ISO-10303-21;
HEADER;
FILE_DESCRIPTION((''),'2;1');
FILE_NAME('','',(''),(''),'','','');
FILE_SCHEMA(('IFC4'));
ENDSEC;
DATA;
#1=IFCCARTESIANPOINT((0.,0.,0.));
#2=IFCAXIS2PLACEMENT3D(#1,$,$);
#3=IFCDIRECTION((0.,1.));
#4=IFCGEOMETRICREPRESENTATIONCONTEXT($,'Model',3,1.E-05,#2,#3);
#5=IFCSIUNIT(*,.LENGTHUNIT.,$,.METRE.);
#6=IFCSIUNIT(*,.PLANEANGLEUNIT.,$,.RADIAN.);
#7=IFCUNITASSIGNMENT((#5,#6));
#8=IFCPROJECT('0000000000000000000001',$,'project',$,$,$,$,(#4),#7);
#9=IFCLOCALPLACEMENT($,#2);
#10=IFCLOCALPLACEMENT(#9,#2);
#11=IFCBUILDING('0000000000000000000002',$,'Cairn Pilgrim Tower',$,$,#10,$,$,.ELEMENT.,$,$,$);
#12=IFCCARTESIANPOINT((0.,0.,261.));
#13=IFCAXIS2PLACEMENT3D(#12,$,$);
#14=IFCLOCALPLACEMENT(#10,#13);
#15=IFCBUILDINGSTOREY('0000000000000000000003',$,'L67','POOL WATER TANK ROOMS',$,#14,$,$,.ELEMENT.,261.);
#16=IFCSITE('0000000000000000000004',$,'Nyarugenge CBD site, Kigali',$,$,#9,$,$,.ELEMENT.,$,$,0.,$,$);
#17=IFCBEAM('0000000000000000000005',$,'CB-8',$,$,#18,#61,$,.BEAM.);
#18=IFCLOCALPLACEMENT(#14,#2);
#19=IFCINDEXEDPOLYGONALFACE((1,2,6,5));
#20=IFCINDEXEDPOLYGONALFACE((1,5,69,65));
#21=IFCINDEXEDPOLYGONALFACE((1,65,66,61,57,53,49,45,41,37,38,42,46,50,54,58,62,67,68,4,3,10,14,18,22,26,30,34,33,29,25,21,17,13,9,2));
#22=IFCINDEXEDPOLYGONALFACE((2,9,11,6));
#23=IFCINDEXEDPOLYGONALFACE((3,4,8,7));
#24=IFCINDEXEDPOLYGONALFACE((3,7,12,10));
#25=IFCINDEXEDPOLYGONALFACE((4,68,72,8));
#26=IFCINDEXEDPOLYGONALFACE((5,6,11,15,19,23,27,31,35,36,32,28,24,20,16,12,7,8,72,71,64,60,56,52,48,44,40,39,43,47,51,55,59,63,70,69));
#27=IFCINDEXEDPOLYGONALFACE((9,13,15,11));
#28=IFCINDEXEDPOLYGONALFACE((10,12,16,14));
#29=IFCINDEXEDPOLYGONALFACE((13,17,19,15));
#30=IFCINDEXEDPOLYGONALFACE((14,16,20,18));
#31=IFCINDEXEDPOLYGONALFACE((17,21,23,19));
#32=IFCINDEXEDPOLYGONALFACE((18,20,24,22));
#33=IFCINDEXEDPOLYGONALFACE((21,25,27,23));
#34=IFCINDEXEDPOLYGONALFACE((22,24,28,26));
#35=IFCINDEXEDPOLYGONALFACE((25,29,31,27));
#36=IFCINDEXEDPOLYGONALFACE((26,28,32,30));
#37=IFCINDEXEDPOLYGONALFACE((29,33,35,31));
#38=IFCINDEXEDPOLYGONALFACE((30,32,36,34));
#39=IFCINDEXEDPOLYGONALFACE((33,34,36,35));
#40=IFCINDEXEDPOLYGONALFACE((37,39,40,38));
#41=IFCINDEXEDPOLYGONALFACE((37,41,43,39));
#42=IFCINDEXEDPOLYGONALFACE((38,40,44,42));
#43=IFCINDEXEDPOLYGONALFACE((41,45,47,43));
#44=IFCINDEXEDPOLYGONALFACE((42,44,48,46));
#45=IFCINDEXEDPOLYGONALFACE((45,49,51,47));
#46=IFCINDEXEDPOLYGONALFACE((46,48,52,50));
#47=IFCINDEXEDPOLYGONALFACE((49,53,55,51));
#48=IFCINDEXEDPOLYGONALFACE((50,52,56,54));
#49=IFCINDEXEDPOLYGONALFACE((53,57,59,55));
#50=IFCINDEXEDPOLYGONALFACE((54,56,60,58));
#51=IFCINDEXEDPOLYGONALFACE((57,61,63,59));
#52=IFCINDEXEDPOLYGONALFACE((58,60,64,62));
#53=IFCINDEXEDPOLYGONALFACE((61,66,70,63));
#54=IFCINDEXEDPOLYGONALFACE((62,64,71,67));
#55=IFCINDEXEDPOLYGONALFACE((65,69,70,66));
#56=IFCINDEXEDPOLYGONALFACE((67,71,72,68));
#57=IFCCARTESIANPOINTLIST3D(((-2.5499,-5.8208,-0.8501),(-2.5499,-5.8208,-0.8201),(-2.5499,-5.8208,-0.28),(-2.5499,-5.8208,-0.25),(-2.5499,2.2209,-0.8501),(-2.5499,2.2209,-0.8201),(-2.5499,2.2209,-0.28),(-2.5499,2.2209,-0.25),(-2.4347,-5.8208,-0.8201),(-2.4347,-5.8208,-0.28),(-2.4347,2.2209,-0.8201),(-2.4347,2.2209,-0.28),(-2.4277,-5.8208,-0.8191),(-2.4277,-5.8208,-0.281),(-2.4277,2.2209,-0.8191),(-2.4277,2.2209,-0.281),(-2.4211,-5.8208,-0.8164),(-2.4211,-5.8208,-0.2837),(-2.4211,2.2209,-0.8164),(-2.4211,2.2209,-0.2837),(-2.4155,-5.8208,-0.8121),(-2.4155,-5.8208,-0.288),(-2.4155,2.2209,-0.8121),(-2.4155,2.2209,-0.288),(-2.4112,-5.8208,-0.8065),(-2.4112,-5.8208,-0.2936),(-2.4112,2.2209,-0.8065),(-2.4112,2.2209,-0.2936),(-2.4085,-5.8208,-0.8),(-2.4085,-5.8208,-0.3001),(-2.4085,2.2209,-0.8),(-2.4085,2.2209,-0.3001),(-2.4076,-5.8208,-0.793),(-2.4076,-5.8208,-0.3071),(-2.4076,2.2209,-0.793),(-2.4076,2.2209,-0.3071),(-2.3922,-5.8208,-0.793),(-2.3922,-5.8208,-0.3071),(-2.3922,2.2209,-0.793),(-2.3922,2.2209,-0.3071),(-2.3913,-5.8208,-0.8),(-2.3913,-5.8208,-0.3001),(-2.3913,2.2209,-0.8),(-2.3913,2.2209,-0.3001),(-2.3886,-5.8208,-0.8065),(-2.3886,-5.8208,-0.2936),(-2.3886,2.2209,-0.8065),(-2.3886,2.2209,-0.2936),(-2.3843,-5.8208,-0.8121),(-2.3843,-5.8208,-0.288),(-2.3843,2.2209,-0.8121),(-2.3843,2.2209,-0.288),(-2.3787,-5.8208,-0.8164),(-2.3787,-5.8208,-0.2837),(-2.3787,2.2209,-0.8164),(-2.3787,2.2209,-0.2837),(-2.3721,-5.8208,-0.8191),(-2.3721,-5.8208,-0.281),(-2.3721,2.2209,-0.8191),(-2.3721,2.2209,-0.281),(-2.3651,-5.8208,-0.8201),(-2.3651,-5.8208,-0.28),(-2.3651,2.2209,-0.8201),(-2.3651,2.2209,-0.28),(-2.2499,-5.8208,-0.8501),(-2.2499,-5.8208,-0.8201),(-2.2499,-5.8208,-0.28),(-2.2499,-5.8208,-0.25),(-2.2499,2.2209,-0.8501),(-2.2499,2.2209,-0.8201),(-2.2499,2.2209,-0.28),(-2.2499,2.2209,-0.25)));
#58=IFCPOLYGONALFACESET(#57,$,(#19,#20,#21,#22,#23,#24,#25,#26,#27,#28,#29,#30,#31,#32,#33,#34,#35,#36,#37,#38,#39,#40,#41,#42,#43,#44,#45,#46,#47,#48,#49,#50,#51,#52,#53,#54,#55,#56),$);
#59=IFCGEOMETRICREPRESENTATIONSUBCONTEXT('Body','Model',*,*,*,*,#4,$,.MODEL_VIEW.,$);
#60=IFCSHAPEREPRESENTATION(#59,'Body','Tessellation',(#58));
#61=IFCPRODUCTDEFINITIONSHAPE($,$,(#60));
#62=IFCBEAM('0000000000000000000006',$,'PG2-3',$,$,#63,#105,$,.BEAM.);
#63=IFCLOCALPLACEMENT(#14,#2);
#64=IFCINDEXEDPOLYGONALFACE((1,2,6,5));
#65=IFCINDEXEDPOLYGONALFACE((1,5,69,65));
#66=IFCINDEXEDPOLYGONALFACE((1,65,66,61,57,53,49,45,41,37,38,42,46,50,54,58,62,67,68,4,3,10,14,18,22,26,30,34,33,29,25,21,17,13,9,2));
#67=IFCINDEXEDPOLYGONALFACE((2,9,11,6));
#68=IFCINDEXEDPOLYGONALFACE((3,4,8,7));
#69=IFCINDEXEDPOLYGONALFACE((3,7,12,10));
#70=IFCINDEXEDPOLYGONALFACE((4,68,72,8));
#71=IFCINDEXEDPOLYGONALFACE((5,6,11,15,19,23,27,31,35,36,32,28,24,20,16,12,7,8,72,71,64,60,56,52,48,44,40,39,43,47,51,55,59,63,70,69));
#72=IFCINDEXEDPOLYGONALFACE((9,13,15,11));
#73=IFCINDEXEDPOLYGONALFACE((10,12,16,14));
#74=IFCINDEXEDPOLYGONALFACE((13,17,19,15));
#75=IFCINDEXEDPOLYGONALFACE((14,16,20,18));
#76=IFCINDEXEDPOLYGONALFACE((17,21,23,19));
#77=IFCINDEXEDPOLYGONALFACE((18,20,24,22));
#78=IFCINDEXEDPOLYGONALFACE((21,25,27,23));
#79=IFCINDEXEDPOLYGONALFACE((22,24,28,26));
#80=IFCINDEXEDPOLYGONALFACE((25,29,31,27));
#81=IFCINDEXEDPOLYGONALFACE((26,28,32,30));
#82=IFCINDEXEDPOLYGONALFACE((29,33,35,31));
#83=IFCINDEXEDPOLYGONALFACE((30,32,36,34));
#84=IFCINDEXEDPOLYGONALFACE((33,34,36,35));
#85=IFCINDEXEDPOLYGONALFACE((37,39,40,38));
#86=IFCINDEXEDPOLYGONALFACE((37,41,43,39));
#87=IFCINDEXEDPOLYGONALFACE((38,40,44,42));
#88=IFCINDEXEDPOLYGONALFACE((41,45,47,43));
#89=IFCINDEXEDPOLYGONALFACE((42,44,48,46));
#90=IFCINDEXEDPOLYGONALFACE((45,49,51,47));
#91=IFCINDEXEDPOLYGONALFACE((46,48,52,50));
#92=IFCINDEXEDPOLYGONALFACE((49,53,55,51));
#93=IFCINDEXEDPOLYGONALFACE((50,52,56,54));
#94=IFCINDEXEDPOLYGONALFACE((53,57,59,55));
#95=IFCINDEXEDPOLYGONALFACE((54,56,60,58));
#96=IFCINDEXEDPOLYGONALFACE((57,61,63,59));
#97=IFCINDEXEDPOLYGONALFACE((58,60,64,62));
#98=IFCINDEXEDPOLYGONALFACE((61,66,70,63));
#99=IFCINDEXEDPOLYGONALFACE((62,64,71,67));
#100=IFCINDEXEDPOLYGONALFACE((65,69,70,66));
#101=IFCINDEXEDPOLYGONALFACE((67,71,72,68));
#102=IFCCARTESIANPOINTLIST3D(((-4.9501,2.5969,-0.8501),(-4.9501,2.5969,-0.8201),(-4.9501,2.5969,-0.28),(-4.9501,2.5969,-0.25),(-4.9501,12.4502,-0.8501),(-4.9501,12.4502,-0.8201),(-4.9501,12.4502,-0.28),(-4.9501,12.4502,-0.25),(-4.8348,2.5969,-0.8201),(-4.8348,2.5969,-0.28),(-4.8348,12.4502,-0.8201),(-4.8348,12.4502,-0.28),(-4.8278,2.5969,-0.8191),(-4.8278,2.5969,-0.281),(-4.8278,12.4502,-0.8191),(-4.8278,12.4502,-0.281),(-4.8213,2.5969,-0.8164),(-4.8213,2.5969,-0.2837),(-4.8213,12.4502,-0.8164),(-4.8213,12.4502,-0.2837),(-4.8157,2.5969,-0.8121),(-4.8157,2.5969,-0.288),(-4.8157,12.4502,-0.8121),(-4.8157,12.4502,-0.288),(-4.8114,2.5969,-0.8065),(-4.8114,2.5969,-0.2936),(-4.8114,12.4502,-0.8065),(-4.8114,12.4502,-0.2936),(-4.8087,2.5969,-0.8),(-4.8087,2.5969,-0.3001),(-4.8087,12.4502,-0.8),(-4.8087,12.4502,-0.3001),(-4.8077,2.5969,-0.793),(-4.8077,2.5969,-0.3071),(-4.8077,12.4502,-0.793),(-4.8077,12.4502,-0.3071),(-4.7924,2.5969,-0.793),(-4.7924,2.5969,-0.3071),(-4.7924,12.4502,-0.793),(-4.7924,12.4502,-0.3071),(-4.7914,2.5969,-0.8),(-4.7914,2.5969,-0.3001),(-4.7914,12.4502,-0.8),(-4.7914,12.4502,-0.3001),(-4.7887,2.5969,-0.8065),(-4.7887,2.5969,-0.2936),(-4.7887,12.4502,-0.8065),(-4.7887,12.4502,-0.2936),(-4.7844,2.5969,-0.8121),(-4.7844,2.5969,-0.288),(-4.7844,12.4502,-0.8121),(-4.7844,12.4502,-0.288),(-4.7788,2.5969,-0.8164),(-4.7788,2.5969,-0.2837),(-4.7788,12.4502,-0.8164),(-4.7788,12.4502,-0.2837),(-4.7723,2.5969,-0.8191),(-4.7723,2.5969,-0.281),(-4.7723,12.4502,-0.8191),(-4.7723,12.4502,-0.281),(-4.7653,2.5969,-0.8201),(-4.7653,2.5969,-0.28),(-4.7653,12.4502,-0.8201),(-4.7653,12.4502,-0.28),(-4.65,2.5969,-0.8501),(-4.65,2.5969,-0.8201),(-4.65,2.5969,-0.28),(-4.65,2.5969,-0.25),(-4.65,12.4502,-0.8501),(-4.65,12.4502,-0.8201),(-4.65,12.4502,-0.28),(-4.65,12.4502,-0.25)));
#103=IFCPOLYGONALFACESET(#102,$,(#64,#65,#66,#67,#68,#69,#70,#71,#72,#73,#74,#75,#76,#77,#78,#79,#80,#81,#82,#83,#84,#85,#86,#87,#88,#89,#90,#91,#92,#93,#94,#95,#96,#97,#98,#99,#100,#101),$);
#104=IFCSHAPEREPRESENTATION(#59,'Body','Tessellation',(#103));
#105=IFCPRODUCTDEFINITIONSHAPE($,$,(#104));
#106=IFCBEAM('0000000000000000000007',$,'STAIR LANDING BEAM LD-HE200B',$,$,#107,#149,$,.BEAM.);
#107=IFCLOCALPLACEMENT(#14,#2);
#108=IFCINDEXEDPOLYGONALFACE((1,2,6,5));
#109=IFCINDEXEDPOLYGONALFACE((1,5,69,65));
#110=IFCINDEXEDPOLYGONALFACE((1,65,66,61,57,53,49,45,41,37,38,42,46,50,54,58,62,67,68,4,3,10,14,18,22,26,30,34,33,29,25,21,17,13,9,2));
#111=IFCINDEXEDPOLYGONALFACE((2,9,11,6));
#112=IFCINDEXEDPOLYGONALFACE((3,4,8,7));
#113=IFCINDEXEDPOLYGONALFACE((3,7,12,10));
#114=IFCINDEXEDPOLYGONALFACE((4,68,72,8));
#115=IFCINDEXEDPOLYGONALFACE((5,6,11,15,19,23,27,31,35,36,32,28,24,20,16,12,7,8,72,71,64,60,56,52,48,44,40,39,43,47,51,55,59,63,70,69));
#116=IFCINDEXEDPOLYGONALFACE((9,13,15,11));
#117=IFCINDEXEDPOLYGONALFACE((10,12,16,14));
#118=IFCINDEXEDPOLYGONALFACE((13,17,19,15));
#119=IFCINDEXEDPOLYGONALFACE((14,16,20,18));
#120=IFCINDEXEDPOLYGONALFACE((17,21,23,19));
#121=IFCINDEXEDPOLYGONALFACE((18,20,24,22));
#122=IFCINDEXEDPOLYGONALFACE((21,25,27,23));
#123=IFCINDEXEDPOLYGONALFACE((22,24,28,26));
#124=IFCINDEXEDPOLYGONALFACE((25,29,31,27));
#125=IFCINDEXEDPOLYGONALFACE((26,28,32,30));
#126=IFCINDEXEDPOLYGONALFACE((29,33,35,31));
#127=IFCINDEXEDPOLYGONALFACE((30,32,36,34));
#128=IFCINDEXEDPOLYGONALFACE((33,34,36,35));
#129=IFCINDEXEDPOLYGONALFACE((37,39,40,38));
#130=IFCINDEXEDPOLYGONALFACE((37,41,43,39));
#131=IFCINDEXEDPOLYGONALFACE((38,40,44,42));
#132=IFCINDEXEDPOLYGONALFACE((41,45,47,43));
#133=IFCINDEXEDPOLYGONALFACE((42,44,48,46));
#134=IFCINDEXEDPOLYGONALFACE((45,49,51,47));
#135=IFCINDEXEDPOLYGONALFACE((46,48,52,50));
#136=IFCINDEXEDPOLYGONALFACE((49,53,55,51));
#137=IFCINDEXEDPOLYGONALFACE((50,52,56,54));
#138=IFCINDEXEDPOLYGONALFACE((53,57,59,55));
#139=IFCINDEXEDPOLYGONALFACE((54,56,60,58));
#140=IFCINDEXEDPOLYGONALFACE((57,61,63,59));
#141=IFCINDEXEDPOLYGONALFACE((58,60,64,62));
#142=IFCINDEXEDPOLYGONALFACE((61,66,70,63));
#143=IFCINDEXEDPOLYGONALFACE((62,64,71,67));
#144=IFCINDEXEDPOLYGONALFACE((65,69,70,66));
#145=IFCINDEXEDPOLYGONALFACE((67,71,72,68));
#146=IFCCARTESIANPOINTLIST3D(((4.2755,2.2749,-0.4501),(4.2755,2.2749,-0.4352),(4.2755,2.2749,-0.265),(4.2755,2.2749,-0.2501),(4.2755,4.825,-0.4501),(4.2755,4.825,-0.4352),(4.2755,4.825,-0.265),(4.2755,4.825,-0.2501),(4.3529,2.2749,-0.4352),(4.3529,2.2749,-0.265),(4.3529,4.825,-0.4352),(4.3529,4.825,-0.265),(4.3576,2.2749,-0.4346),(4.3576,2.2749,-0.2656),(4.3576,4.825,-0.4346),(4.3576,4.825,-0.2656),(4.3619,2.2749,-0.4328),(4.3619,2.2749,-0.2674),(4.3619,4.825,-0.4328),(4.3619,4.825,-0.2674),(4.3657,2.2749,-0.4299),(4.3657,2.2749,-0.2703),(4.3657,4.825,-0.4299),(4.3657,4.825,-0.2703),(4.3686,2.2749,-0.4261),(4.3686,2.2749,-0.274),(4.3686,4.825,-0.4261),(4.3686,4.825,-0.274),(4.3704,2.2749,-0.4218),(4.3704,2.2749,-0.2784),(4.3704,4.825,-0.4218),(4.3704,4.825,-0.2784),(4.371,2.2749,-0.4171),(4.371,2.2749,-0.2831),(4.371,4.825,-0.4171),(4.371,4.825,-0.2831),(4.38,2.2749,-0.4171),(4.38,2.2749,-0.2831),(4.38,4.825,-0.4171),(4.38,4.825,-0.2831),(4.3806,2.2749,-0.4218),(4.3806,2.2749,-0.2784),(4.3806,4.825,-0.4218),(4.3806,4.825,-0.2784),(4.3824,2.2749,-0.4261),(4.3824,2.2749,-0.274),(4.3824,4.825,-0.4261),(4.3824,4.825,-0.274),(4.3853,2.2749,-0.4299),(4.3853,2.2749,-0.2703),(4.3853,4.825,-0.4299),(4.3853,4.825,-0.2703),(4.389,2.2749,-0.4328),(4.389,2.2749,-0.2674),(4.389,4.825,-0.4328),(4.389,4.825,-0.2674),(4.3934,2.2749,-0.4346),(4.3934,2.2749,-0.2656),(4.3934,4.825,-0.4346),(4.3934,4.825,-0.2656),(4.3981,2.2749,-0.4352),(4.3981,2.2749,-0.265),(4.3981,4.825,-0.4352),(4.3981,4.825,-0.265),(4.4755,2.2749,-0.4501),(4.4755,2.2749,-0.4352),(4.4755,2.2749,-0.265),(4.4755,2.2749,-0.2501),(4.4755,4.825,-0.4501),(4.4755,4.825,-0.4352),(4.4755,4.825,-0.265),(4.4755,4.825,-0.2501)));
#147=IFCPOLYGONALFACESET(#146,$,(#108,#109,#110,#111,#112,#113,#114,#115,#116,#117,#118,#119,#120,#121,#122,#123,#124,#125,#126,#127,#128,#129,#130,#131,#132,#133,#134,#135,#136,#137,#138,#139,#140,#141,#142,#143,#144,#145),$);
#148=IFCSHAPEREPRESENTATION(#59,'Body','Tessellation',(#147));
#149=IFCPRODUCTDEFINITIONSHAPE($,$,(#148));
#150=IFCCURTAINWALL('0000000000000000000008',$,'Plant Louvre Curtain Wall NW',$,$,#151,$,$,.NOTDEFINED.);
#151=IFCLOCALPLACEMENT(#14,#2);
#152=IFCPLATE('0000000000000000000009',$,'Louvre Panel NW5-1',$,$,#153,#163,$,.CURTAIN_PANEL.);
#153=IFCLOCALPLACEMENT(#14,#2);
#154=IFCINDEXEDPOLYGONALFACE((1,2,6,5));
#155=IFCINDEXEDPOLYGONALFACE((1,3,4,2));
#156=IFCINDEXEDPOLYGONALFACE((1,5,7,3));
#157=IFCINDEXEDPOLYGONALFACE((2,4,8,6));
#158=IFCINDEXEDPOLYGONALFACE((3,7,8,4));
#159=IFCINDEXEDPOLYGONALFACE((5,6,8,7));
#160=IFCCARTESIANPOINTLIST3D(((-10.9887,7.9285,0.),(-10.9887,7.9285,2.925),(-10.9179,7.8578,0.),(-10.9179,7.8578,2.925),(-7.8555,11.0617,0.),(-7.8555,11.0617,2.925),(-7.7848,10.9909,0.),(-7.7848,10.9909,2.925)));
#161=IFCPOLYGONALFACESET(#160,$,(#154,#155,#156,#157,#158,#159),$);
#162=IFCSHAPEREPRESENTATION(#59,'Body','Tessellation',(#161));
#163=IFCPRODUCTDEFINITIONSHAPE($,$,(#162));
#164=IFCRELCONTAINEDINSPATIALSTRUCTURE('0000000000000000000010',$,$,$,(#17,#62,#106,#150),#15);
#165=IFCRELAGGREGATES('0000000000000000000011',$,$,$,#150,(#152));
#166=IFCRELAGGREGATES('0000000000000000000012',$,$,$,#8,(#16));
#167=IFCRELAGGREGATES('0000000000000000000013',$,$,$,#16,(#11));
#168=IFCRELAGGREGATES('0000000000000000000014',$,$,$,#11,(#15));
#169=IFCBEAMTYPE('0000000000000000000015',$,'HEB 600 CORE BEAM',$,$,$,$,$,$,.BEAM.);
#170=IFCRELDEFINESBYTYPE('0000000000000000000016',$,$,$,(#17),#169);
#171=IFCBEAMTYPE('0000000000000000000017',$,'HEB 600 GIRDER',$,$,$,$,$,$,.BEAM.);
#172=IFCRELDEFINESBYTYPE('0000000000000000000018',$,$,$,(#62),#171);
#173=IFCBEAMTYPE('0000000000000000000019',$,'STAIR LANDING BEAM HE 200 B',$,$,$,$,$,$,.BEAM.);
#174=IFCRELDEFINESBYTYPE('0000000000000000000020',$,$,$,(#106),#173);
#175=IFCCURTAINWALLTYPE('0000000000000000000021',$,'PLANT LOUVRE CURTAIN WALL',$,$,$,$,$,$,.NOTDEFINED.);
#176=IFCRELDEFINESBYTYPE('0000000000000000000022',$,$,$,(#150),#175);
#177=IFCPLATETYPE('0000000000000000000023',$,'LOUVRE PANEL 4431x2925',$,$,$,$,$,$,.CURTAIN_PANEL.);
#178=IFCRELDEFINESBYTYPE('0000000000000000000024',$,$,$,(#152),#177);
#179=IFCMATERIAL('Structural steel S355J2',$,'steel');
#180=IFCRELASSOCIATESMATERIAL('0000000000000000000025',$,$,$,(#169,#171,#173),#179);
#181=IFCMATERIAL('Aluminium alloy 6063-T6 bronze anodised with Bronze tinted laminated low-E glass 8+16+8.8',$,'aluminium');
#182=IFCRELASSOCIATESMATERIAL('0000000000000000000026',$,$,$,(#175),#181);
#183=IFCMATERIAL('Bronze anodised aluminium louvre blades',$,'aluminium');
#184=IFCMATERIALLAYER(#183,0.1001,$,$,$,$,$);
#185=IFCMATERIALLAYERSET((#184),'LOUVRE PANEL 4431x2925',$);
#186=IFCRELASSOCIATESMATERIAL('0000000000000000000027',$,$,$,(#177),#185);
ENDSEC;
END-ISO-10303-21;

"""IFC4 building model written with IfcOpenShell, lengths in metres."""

from ifc_helpers import new_model, si_unit, direction, frame, origin, origin_2d, place, context, subcontext, project, spatial, rectangle, i_section, extrude, material, layer, layer_set, material_profile, profile_set, type_object, element, aggregate, save


model = new_model("IFC4")

# Units and contexts
model_context = context("Model", 3, precision=1e-05, world=origin(), true_north=direction((0.0, 1.0)))
body_context = subcontext(model_context, "Body", "Model", "MODEL_VIEW")
ifc_project = project(units=[si_unit("LENGTHUNIT", "METRE"), si_unit("PLANEANGLEUNIT", "RADIAN")], contexts=[model_context])

# Site, building, storey
site_placement = place(None, origin())
site = spatial("IfcSite", under=ifc_project, at=site_placement, Name="Nyarugenge CBD site, Kigali", CompositionType="ELEMENT", RefElevation=0.0)
building_placement = place(site_placement, origin())
building = spatial("IfcBuilding", under=site, at=building_placement, Name="Cairn Pilgrim Tower", CompositionType="ELEMENT")
storey_placement = place(building_placement, frame((0.0, 0.0, 261.0)))
storey = spatial("IfcBuildingStorey", under=building, at=storey_placement, Name="L67", Description="POOL WATER TANK ROOMS", CompositionType="ELEMENT", Elevation=261.0)

# Shared definitions
ifc_material_1 = material(Name="Structural steel S355J2", Category="steel")

# Beams
ifc_material_profile_1 = material_profile(ifc_material_1, i_section(OverallWidth=0.3, OverallDepth=0.6001, WebThickness=0.0154, FlangeThickness=0.03, FilletRadius=0.0271, at=origin_2d()), Name="HEB 600")
ifc_profile_set_1 = profile_set([ifc_material_profile_1], Name="Structural steel S355J2")
beam_type_1 = type_object("IfcBeamType", Name="HEB 600 CORE BEAM", PredefinedType="BEAM", material=ifc_profile_set_1)
beam_1_placement = place(storey_placement, frame((-2.3999, 2.2209, -0.55), z_axis=(0.0, -1.0, 0.0), x_axis=(1.0, 0.0, 0.0)))
element("IfcBeam", 1, at=beam_1_placement, inside=storey, type_object=beam_type_1, Name="CB-8", PredefinedType="BEAM", context=body_context, shape_type="SweptSolid", body=[
    extrude(i_section(OverallWidth=0.3, OverallDepth=0.6001, WebThickness=0.0154, FlangeThickness=0.03, FilletRadius=0.0271, at=origin_2d()), origin(), (0.0, 0.0, 1.0), 8.0417),
])
ifc_material_profile_2 = material_profile(ifc_material_1, i_section(OverallWidth=0.3, OverallDepth=0.6001, WebThickness=0.0154, FlangeThickness=0.03, FilletRadius=0.0271, at=origin_2d()), Name="HEB 600")
ifc_profile_set_2 = profile_set([ifc_material_profile_2], Name="Structural steel S355J2")
beam_type_2 = type_object("IfcBeamType", Name="HEB 600 GIRDER", PredefinedType="BEAM", material=ifc_profile_set_2)
beam_2_placement = place(storey_placement, frame((-4.8, 2.5969, -0.55), z_axis=(0.0, 1.0, 0.0), x_axis=(-1.0, 0.0, 0.0)))
element("IfcBeam", 2, at=beam_2_placement, inside=storey, type_object=beam_type_2, Name="PG2-3", PredefinedType="BEAM", context=body_context, shape_type="SweptSolid", body=[
    extrude(i_section(OverallWidth=0.3, OverallDepth=0.6001, WebThickness=0.0154, FlangeThickness=0.03, FilletRadius=0.0271, at=origin_2d()), origin(), (0.0, 0.0, 1.0), 9.8533),
])
ifc_material_profile_3 = material_profile(ifc_material_1, i_section(OverallWidth=0.2, OverallDepth=0.2, WebThickness=0.009, FlangeThickness=0.0149, FilletRadius=0.0181, at=origin_2d()), Name="HE 200 B")
ifc_profile_set_3 = profile_set([ifc_material_profile_3], Name="Structural steel S355J2")
beam_type_3 = type_object("IfcBeamType", Name="STAIR LANDING BEAM HE 200 B", PredefinedType="BEAM", material=ifc_profile_set_3)
beam_3_placement = place(storey_placement, frame((4.3755, 2.2749, -0.3501), z_axis=(0.0, 1.0, 0.0), x_axis=(-1.0, 0.0, 0.0)))
element("IfcBeam", 3, at=beam_3_placement, inside=storey, type_object=beam_type_3, Name="STAIR LANDING BEAM LD-HE200B", PredefinedType="BEAM", context=body_context, shape_type="SweptSolid", body=[
    extrude(i_section(OverallWidth=0.2, OverallDepth=0.2, WebThickness=0.009, FlangeThickness=0.0149, FilletRadius=0.0181, at=origin_2d()), origin(), (0.0, 0.0, 1.0), 2.55),
])

# Curtain wall, plate
ifc_material_2 = material(Name="Aluminium alloy 6063-T6 bronze anodised with Bronze tinted laminated low-E glass 8+16+8.8", Category="aluminium")
curtain_wall_type = type_object("IfcCurtainWallType", Name="PLANT LOUVRE CURTAIN WALL", PredefinedType="NOTDEFINED", material=ifc_material_2)
curtain_wall_placement = place(storey_placement, origin())
curtain_wall = element("IfcCurtainWall", 4, at=curtain_wall_placement, inside=storey, type_object=curtain_wall_type, Name="Plant Louvre Curtain Wall NW", PredefinedType="NOTDEFINED")
ifc_material_3 = material(Name="Bronze anodised aluminium louvre blades", Category="aluminium")
ifc_layer_1 = layer(ifc_material_3, 0.1001)
ifc_layer_set_1 = layer_set([ifc_layer_1], Name="LOUVRE PANEL 4431x2925")
plate_type = type_object("IfcPlateType", Name="LOUVRE PANEL 4431x2925", PredefinedType="CURTAIN_PANEL", material=ifc_layer_set_1)
plate_placement = place(storey_placement, frame((-9.3867, 9.4597, 0.0), z_axis=(0.0, 0.0, 1.0), x_axis=(-0.707107, -0.707107, 0.0)))
plate = element("IfcPlate", 5, at=plate_placement, type_object=plate_type, Name="Louvre Panel NW5-1", PredefinedType="CURTAIN_PANEL", context=body_context, shape_type="SweptSolid", body=[
    extrude(rectangle(XDim=4.4309, YDim=0.1001, at=origin_2d()), origin(), (0.0, 0.0, 1.0), 2.925),
])
aggregate(curtain_wall, [plate])

save(model, "model.ifc")
